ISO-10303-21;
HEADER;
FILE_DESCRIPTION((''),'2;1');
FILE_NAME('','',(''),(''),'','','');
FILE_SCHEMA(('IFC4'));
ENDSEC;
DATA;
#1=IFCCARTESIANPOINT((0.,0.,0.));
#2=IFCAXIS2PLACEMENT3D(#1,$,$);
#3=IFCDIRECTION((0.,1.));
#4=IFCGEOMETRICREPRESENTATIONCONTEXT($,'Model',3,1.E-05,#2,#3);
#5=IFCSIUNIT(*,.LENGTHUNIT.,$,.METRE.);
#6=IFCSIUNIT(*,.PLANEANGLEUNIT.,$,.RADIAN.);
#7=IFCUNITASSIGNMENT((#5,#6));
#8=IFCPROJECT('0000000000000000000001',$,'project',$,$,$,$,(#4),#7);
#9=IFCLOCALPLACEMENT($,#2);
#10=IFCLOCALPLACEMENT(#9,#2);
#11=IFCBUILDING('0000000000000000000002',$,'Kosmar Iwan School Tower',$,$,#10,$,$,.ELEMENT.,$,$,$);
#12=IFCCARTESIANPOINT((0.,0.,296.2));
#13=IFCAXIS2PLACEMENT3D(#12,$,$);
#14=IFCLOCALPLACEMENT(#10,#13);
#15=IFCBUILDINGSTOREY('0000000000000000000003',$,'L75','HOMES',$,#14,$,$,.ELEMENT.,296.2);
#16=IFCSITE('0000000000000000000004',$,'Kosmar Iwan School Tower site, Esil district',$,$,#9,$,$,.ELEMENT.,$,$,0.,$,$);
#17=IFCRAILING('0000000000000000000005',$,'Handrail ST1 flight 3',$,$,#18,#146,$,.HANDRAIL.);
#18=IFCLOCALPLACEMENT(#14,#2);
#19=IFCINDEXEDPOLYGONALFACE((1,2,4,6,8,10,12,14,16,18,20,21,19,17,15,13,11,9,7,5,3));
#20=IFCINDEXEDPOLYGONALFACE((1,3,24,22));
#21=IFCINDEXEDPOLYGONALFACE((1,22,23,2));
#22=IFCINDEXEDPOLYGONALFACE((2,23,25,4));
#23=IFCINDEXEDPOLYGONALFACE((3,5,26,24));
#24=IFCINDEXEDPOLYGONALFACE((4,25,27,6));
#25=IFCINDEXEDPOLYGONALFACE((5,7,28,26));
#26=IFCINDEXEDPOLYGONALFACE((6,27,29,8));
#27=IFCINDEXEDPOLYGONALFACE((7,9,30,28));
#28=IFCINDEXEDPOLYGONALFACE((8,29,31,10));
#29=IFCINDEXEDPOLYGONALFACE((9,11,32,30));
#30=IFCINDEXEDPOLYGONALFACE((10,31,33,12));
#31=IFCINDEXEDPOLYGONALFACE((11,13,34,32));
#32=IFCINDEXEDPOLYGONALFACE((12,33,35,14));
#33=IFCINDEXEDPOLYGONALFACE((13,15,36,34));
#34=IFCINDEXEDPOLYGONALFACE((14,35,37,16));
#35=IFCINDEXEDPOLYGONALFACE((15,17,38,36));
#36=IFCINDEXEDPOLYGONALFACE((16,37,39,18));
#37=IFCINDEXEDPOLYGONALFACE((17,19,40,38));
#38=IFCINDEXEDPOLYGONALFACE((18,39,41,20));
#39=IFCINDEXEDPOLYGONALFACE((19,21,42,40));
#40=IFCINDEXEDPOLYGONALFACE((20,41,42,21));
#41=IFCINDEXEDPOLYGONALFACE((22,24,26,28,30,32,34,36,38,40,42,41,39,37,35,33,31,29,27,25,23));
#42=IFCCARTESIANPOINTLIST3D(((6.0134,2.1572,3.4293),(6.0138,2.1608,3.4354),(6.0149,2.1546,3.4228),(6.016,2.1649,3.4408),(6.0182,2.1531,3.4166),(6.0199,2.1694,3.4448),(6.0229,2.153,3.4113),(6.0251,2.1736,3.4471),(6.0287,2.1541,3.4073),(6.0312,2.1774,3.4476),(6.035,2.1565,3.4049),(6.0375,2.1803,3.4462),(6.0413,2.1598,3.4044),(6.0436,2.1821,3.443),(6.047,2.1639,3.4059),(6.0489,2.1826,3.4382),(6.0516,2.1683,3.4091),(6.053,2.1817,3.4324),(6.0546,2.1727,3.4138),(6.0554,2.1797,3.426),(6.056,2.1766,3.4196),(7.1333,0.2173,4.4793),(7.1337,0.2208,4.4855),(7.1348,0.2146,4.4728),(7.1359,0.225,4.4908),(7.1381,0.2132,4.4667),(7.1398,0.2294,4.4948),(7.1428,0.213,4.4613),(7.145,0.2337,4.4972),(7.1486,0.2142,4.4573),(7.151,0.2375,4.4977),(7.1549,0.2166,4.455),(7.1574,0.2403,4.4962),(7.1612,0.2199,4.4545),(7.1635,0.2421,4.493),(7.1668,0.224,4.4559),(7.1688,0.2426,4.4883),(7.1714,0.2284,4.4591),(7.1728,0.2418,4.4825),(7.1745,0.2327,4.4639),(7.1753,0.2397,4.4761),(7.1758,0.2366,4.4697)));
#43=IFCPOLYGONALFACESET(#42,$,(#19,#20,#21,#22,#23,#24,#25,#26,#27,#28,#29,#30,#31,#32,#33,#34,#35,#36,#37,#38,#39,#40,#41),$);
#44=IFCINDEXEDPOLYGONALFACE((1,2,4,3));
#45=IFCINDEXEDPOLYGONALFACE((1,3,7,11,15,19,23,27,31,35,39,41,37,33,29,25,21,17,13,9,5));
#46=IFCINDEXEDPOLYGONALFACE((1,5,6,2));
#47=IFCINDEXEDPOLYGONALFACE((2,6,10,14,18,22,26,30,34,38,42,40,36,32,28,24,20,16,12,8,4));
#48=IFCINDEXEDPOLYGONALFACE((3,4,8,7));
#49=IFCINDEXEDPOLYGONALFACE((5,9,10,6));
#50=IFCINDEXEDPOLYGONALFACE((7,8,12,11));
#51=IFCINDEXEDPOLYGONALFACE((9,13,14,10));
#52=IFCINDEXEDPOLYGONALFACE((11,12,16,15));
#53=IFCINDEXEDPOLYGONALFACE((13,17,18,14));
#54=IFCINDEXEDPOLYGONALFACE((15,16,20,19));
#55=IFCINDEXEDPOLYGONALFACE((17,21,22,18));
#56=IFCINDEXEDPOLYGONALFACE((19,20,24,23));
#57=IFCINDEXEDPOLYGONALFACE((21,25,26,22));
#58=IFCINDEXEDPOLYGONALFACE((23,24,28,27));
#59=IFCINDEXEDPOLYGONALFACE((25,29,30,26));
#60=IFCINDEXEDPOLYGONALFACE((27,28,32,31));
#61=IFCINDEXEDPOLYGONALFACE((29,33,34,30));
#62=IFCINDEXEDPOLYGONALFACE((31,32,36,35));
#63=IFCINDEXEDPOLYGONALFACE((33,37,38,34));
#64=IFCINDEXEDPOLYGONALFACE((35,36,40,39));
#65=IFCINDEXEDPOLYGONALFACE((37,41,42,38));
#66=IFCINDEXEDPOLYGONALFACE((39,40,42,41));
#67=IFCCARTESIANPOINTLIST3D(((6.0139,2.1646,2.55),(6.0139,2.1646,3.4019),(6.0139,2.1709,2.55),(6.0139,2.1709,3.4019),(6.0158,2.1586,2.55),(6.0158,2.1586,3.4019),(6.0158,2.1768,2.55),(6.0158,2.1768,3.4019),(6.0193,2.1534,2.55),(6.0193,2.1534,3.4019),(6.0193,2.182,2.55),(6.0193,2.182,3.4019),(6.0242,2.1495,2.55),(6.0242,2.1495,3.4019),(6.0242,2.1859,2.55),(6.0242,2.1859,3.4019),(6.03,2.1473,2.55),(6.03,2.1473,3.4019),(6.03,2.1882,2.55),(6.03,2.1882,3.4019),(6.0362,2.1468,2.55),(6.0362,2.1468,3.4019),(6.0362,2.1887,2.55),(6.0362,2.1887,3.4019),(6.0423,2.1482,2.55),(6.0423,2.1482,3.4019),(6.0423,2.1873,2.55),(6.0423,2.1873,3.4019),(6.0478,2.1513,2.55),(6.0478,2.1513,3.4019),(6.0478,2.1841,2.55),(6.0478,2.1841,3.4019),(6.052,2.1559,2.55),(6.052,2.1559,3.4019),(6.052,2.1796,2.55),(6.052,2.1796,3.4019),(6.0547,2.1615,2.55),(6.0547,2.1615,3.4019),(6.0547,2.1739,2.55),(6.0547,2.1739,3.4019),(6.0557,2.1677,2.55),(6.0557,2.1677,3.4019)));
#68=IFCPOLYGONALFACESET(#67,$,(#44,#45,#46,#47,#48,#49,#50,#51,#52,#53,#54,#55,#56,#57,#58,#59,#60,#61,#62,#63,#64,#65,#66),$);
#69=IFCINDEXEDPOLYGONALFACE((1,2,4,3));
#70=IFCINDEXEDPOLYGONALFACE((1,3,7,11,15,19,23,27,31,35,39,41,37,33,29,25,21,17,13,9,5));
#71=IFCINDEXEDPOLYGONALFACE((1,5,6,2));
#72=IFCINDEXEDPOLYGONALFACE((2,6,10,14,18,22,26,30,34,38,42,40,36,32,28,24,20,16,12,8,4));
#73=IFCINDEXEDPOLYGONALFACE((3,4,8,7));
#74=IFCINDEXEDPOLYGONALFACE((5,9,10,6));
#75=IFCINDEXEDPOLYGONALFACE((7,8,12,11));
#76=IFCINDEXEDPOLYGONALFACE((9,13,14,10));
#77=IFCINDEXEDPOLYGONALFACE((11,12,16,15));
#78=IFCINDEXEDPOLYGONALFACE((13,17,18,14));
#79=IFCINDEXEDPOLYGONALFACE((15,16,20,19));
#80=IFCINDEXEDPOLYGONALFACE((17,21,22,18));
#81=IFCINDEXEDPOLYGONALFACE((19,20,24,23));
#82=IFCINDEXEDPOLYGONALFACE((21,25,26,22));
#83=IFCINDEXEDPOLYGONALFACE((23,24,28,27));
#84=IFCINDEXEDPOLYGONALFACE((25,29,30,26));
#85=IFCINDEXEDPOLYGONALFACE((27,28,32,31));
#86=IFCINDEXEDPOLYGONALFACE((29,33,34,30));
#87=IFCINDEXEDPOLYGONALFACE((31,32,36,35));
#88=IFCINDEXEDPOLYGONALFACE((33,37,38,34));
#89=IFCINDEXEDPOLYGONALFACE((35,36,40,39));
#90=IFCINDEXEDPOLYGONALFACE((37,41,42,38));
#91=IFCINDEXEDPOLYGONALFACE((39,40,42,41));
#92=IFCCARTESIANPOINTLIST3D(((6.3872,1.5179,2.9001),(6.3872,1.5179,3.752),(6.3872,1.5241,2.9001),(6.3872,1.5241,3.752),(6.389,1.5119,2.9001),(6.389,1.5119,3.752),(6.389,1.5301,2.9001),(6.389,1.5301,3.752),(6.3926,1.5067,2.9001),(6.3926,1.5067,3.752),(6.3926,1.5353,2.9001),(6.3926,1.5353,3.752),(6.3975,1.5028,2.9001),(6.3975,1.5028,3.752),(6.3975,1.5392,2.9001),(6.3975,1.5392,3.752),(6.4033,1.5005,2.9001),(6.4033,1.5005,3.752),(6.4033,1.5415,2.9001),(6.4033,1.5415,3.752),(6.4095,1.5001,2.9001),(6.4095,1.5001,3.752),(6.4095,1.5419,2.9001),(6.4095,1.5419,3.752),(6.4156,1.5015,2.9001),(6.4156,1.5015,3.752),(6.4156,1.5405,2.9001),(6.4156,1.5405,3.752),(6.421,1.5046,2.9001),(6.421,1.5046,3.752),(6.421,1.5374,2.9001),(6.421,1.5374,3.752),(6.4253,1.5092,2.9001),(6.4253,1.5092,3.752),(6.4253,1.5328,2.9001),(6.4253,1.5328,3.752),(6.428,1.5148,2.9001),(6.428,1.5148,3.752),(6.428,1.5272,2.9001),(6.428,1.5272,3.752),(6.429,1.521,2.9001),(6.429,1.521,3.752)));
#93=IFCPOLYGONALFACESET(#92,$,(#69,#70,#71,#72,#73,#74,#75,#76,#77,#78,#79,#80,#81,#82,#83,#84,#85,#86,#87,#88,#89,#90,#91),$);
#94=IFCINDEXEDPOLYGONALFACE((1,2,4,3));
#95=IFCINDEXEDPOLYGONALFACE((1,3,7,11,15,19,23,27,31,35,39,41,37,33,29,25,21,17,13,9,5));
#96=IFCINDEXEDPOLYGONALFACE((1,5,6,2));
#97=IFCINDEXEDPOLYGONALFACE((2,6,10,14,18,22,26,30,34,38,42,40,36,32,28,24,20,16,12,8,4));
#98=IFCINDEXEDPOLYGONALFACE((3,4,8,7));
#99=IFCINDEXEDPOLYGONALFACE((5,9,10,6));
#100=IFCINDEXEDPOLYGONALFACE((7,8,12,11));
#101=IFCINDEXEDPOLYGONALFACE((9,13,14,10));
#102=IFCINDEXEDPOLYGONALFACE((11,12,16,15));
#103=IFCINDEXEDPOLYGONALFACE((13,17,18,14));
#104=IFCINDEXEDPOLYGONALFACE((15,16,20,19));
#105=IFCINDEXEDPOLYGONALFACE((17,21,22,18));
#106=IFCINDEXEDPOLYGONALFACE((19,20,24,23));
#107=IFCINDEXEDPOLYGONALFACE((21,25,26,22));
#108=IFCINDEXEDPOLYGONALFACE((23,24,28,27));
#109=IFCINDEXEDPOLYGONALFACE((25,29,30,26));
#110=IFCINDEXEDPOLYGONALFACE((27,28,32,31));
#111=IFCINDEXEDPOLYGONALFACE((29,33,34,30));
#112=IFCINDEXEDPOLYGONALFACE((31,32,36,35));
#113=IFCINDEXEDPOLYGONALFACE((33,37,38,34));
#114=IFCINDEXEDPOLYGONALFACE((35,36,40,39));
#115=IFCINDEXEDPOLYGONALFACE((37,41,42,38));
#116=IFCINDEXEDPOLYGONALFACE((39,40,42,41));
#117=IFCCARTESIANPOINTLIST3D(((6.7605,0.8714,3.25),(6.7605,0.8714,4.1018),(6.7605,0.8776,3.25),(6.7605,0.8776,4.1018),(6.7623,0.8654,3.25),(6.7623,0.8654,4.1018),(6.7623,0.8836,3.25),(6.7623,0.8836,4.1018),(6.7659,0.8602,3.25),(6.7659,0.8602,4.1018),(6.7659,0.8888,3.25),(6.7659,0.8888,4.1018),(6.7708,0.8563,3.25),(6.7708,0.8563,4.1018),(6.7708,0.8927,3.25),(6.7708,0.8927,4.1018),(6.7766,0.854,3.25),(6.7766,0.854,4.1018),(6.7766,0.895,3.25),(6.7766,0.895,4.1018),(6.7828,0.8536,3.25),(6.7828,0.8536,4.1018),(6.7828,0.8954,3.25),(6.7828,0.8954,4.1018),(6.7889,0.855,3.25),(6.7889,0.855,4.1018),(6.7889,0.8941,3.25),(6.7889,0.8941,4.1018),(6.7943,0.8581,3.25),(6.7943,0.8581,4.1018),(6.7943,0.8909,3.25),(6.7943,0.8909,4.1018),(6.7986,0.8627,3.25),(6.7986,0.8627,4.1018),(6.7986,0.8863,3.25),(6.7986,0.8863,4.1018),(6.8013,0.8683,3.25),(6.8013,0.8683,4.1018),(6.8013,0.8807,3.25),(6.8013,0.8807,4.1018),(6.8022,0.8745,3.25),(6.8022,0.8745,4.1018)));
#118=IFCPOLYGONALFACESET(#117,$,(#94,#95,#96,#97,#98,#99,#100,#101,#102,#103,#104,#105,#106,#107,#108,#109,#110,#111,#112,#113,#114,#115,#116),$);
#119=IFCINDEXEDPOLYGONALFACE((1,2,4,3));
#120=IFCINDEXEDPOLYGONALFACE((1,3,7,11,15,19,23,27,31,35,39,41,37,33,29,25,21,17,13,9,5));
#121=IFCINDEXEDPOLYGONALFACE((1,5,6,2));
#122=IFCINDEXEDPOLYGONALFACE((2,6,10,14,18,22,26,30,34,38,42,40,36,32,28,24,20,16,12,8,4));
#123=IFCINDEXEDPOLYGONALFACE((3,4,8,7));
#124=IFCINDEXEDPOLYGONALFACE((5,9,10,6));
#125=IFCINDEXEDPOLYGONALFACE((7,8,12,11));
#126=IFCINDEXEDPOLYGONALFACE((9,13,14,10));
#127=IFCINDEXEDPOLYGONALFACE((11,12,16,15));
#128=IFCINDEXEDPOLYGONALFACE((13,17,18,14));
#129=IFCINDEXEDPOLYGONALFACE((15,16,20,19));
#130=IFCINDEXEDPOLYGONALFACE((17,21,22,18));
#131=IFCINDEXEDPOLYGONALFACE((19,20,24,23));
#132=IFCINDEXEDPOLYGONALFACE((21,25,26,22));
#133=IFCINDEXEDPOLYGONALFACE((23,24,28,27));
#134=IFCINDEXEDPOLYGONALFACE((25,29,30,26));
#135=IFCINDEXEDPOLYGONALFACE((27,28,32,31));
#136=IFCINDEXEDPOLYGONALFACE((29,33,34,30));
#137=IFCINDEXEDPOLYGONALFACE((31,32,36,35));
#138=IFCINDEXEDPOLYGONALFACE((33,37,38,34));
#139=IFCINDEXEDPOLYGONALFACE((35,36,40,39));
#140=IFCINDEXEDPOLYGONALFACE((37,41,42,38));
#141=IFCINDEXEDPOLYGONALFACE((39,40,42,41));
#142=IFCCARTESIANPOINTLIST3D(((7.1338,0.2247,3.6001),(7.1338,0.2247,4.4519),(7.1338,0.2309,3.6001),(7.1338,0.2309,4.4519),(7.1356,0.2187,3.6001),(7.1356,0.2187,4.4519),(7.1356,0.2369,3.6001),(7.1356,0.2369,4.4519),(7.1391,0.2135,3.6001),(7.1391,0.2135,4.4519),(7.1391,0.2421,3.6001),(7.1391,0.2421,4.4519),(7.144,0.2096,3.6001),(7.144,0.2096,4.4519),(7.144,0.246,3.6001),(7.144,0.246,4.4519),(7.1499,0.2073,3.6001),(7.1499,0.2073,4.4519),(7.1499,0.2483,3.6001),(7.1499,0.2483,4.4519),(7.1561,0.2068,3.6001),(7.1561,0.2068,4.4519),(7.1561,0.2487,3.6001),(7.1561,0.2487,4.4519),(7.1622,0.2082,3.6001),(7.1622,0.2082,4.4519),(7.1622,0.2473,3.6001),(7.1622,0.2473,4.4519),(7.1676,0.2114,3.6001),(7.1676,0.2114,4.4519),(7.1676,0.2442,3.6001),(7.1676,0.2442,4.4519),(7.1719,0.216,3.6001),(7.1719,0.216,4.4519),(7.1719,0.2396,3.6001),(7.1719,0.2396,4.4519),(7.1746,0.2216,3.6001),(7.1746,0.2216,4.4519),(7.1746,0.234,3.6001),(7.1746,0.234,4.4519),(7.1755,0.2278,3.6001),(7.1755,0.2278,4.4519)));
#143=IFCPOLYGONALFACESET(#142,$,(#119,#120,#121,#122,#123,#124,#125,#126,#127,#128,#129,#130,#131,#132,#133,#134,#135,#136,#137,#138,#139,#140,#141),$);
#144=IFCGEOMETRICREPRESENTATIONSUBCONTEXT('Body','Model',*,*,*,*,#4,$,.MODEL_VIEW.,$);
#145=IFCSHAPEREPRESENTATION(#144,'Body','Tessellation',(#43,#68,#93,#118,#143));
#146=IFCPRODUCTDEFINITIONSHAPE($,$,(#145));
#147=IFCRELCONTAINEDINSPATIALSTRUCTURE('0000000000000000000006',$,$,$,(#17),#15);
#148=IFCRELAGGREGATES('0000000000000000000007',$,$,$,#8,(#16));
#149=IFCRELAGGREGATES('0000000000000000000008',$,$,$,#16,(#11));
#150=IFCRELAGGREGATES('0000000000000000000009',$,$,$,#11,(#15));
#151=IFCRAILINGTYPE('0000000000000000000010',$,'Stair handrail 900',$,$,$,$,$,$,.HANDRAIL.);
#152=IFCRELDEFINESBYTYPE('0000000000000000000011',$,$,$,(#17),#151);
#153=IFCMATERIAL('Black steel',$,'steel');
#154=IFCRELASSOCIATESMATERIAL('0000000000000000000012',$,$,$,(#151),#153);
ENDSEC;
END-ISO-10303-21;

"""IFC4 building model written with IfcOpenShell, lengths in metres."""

from ifc_helpers import new_model, si_unit, direction, frame, origin, origin_2d, place, context, subcontext, project, spatial, circle, extrude, material, type_object, element, save


model = new_model("IFC4")

# Units and contexts
model_context = context("Model", 3, precision=1e-05, world=origin(), true_north=direction((0.0, 1.0)))
body_context = subcontext(model_context, "Body", "Model", "MODEL_VIEW")
ifc_project = project(units=[si_unit("LENGTHUNIT", "METRE"), si_unit("PLANEANGLEUNIT", "RADIAN")], contexts=[model_context])

# Site, building, storey
site_placement = place(None, origin())
site = spatial("IfcSite", under=ifc_project, at=site_placement, Name="Kosmar Iwan School Tower site, Esil district", CompositionType="ELEMENT", RefElevation=0.0)
building_placement = place(site_placement, origin())
building = spatial("IfcBuilding", under=site, at=building_placement, Name="Kosmar Iwan School Tower", CompositionType="ELEMENT")
storey_placement = place(building_placement, frame((0.0, 0.0, 296.2)))
storey = spatial("IfcBuildingStorey", under=building, at=storey_placement, Name="L75", Description="HOMES", CompositionType="ELEMENT", Elevation=296.2)

# Railing
ifc_material_1 = material(Name="Black steel", Category="steel")
railing_type = type_object("IfcRailingType", Name="Stair handrail 900", PredefinedType="HANDRAIL", material=ifc_material_1)
railing_1_placement = place(storey_placement, frame((6.0347, 2.1677, 2.55)))
element("IfcRailing", 1, at=railing_1_placement, inside=storey, type_object=railing_type, Name="Handrail ST1 flight 3", PredefinedType="HANDRAIL", context=body_context, shape_type="SweptSolid", body=[
    extrude(circle(Radius=0.0239, at=origin_2d()), frame((0.0, 0.0, 0.876), z_axis=(0.452678, -0.784169, 0.424454), x_axis=(0.866055, 0.499949, 0.0)), (0.0, 0.0, 1.0), 2.4739),
    extrude(circle(Radius=0.021, at=origin_2d()), origin(), (0.0, 0.0, 1.0), 0.8518),
    extrude(circle(Radius=0.021, at=origin_2d()), frame((0.3733, -0.6467, 0.3501)), (0.0, 0.0, 1.0), 0.8518),
    extrude(circle(Radius=0.021, at=origin_2d()), frame((0.7466, -1.2932, 0.7)), (0.0, 0.0, 1.0), 0.8518),
    extrude(circle(Radius=0.021, at=origin_2d()), frame((1.1199, -1.9399, 1.05)), (0.0, 0.0, 1.0), 0.8518),
])

save(model, "model.ifc")
